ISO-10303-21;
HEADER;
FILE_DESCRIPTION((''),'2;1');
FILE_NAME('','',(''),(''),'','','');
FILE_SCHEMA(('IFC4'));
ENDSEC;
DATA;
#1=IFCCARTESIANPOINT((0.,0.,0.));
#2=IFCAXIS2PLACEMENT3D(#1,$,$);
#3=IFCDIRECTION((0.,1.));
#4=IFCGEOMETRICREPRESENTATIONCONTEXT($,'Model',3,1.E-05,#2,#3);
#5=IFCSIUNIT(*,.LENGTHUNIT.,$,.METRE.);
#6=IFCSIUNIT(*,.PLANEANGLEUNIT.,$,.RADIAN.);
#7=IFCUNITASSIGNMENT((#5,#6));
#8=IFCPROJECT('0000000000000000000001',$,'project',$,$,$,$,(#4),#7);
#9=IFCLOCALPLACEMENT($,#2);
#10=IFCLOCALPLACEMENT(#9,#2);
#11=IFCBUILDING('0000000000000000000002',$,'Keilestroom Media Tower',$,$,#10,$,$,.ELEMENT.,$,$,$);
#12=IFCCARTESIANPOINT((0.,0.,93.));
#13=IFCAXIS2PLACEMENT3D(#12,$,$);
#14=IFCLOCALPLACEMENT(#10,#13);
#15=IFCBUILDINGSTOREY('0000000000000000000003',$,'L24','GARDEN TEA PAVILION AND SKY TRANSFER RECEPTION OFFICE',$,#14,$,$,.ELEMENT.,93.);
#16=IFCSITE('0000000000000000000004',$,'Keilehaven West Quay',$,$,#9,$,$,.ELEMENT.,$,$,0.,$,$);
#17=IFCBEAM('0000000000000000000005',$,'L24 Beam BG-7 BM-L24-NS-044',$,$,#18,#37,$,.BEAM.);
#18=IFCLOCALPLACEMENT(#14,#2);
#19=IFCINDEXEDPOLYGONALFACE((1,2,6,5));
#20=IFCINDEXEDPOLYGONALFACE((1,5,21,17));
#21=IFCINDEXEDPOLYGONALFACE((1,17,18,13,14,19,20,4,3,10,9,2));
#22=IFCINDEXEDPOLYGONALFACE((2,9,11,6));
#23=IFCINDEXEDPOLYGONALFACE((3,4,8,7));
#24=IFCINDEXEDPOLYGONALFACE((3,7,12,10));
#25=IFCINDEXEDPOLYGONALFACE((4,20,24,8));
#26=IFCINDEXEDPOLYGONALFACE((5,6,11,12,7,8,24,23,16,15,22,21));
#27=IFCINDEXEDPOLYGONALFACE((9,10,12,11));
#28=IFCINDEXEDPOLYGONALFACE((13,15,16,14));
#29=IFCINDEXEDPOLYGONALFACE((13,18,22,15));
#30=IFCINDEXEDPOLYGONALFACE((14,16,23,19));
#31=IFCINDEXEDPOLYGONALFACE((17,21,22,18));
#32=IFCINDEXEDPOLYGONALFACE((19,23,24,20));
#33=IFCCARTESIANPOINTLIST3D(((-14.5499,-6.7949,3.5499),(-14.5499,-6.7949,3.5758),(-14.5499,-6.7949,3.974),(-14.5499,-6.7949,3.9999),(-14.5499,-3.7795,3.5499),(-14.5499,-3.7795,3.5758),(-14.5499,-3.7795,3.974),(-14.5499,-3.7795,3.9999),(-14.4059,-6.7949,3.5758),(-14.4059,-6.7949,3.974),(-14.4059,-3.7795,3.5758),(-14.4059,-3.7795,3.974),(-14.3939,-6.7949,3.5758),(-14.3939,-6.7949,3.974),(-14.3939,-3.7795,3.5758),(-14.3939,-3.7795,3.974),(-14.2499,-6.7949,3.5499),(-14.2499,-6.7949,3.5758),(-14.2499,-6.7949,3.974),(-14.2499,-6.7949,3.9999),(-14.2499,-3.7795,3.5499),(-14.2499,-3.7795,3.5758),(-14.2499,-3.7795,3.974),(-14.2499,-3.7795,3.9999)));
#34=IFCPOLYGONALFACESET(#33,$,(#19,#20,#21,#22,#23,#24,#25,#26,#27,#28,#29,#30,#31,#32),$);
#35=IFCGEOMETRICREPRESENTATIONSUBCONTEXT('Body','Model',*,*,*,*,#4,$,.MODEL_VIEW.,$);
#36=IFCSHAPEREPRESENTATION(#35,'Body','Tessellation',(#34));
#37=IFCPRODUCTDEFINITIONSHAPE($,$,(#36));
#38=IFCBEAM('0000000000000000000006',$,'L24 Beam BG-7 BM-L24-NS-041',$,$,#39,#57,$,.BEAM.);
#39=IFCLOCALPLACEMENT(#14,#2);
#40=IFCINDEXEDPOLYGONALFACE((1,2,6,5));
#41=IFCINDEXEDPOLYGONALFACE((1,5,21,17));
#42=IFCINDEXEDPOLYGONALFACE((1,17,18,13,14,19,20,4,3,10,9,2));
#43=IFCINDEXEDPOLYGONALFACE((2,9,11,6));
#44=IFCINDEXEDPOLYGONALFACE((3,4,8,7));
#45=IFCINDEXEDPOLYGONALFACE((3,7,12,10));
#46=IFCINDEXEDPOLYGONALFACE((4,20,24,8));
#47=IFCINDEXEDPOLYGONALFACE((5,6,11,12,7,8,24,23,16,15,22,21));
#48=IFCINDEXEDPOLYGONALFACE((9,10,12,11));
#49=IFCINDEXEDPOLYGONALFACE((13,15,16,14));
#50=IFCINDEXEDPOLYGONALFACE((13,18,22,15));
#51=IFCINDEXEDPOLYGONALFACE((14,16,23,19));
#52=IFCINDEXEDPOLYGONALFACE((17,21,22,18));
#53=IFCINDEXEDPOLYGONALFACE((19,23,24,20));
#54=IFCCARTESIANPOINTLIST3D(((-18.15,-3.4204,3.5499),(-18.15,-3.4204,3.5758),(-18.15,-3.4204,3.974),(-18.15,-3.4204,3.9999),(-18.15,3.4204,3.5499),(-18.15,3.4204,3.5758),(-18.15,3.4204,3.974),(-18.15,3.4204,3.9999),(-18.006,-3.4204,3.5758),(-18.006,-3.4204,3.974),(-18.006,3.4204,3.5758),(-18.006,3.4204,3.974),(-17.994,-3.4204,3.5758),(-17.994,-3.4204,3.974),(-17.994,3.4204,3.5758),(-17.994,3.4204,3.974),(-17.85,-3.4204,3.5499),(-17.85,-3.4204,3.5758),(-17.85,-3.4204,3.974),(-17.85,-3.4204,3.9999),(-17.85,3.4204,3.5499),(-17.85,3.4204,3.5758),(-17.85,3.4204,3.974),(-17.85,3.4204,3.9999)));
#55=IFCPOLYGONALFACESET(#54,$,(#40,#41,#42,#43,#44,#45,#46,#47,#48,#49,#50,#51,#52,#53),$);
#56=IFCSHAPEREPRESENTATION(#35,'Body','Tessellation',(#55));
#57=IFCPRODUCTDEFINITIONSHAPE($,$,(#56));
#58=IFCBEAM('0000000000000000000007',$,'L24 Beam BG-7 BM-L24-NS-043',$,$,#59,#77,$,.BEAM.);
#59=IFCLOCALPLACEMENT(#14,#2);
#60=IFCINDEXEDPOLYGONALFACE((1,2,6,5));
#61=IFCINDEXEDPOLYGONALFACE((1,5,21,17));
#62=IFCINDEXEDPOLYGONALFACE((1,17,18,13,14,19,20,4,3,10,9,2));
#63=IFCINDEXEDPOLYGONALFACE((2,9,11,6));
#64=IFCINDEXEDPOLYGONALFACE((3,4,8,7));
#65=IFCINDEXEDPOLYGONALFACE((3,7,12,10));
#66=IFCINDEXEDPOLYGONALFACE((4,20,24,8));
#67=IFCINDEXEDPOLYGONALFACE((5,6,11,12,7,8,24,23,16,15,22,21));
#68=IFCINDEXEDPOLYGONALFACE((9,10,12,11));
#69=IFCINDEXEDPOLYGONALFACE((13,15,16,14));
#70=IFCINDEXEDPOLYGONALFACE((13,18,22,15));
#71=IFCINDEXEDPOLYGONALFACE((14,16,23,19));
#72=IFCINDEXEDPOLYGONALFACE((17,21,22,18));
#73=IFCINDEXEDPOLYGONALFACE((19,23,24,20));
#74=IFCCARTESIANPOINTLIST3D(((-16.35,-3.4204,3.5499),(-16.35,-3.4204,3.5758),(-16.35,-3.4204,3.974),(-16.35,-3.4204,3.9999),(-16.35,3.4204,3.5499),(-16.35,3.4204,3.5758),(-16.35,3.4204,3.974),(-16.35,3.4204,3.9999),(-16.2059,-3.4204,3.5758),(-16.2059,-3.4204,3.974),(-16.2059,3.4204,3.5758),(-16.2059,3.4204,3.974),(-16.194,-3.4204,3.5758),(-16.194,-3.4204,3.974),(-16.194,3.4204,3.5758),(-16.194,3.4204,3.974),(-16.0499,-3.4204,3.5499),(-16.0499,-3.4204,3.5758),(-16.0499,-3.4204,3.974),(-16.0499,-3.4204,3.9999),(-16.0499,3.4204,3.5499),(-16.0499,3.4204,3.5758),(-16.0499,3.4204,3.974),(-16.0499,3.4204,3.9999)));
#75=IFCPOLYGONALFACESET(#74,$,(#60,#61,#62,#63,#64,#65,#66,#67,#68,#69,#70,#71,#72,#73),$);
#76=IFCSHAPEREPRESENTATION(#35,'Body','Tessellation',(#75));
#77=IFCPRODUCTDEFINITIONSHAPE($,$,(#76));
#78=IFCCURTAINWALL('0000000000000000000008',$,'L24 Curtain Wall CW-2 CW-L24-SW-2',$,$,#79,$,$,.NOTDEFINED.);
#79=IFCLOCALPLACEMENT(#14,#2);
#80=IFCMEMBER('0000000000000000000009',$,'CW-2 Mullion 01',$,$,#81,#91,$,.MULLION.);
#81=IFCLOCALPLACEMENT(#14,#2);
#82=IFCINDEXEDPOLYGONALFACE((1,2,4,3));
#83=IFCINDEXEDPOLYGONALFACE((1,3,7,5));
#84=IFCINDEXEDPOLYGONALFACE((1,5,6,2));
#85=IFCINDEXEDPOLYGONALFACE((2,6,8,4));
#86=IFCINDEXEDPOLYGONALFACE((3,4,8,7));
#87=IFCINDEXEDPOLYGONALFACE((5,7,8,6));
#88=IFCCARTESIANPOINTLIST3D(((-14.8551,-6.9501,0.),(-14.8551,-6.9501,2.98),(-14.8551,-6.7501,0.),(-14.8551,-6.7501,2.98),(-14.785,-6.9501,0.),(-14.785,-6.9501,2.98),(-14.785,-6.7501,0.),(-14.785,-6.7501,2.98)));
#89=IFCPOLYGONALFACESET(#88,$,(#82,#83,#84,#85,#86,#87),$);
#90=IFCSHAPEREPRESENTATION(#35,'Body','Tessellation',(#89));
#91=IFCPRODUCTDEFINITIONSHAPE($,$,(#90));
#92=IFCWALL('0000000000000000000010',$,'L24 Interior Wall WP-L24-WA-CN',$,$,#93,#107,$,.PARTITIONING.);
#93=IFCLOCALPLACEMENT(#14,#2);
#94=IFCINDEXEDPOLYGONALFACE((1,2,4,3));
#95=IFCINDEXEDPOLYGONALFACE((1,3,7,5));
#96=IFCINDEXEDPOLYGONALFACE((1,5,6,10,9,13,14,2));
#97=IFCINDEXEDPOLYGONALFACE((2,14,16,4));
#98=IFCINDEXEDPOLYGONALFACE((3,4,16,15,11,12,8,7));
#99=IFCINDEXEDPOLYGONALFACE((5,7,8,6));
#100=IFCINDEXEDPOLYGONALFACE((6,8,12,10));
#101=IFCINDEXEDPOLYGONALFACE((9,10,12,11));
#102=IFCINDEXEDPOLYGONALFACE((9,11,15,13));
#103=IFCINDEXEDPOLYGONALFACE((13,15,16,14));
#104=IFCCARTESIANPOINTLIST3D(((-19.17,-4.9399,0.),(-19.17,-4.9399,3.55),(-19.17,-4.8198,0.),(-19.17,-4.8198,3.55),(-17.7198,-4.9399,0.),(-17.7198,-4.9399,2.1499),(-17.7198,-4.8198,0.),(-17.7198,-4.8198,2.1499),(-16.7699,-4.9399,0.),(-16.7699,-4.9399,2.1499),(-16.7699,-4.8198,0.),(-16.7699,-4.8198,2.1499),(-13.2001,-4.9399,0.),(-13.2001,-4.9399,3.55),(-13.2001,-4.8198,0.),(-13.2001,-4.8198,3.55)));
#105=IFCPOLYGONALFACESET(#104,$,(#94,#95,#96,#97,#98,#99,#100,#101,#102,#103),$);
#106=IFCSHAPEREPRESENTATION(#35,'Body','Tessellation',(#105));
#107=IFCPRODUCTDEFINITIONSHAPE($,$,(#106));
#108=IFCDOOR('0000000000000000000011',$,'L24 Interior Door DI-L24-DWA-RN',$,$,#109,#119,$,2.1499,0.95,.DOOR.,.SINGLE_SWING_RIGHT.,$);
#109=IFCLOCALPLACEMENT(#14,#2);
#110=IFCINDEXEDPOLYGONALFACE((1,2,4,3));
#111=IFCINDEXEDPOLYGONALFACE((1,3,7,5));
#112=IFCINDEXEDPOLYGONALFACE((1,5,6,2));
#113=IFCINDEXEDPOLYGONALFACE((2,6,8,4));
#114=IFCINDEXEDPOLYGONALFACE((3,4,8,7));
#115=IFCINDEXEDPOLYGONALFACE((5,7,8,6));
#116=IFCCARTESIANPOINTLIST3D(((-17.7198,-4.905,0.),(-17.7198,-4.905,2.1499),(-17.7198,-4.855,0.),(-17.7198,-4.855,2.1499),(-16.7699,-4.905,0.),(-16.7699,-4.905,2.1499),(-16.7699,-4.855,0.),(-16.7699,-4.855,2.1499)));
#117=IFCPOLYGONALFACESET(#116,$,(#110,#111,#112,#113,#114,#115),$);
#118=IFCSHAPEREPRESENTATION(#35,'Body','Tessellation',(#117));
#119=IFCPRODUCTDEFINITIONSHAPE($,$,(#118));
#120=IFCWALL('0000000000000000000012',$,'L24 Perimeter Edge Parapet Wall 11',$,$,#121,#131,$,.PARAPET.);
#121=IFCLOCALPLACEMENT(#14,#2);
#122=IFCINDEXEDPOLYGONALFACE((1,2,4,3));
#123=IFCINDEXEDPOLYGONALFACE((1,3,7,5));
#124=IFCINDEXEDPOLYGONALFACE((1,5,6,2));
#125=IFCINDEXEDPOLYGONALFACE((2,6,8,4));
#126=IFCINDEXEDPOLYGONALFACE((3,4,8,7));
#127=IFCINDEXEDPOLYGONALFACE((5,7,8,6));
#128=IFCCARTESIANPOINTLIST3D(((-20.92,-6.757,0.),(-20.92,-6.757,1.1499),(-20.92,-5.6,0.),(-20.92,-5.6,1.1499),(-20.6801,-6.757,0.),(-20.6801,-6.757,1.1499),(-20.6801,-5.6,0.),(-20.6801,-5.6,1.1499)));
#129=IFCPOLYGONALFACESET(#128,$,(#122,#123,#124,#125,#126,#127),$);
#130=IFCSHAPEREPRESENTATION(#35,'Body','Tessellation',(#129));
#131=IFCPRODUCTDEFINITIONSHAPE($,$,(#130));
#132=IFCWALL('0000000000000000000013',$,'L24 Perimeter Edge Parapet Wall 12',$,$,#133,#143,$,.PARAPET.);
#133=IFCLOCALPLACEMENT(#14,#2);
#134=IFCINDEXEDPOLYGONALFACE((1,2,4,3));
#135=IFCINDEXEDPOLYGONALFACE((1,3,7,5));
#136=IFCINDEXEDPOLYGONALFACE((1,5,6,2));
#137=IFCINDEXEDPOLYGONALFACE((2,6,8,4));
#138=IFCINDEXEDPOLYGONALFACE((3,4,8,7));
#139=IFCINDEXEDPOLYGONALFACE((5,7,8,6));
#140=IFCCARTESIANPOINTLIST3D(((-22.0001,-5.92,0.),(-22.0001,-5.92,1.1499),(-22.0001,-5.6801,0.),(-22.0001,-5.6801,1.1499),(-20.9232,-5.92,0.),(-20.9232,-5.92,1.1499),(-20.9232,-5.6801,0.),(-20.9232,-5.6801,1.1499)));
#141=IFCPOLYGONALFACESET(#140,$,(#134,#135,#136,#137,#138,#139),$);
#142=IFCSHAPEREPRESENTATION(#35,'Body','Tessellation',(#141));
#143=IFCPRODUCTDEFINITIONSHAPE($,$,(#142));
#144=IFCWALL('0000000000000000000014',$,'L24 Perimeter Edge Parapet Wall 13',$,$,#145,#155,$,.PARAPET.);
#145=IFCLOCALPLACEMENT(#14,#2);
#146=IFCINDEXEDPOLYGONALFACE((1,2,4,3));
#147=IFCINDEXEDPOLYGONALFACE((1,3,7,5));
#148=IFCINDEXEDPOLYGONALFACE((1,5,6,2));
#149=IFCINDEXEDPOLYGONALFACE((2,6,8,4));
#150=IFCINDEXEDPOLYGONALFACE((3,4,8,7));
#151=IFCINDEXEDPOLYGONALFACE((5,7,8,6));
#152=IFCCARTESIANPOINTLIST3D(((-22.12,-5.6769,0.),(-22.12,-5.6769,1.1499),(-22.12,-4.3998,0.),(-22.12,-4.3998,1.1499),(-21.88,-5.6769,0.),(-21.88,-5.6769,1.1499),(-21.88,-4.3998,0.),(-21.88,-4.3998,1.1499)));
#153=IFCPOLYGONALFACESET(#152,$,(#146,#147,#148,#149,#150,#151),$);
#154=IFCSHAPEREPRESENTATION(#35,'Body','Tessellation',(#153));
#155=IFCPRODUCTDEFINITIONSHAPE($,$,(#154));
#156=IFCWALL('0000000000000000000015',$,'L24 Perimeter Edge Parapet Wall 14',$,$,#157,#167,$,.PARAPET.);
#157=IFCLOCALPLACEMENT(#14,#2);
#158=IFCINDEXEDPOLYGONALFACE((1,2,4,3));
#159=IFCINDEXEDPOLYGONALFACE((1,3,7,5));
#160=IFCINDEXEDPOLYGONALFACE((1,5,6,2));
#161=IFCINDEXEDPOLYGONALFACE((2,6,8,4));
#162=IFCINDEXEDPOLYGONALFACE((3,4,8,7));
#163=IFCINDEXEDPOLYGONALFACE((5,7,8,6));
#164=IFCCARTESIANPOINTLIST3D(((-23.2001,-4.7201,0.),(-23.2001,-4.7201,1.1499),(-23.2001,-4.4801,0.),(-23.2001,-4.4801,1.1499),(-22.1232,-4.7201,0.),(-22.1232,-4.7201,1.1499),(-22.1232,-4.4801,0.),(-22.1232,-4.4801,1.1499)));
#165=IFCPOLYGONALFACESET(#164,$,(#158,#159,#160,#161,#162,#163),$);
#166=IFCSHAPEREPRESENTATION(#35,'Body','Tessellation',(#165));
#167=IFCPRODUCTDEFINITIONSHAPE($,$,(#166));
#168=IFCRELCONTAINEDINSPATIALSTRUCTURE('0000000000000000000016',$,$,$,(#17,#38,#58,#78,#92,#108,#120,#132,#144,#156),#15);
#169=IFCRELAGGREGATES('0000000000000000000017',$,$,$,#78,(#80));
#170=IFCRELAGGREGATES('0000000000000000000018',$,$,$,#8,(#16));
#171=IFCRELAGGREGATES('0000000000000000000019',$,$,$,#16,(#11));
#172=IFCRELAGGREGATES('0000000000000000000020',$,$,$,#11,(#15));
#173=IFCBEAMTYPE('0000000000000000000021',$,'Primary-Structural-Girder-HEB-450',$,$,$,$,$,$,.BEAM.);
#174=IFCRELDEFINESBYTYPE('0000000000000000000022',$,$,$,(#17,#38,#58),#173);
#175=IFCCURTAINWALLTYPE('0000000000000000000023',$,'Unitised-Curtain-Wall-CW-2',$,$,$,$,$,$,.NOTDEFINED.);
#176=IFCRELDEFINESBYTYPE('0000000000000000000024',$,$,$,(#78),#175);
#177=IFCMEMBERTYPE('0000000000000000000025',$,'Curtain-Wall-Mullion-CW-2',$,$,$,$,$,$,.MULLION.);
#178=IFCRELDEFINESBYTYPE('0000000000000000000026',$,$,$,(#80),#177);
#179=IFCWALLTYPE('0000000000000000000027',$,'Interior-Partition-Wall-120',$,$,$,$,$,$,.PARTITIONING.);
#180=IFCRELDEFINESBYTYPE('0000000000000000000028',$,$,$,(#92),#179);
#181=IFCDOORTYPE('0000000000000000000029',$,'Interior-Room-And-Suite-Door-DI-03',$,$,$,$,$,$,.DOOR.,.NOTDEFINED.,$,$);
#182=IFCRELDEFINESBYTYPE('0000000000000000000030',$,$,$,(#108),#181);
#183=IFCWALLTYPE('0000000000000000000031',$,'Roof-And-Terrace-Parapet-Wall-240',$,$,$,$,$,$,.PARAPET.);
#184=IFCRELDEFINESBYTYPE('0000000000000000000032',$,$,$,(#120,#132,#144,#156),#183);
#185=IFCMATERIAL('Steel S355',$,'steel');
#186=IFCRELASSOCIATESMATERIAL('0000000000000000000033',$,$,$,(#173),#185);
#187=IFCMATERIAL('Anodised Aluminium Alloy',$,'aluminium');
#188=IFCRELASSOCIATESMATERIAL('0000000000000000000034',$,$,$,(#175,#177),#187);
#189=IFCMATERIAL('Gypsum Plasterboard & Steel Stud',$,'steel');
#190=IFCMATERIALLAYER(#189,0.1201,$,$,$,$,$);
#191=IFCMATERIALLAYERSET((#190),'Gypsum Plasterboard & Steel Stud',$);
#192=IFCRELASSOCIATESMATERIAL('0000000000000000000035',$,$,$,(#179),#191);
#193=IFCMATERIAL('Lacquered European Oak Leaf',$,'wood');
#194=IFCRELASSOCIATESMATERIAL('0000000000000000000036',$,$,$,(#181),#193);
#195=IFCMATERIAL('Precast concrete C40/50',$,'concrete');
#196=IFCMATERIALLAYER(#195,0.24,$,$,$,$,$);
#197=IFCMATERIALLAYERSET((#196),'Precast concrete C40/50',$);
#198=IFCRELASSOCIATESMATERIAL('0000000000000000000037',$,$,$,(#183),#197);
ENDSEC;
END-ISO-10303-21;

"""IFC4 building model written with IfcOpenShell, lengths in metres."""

from ifc_helpers import new_model, si_unit, direction, frame, frame_2d, origin, origin_2d, place, context, subcontext, project, spatial, rectangle, i_section, extrude, source, transform, mapped, material, layer, layer_set, material_profile, profile_set, type_object, element, fill, aggregate, save


model = new_model("IFC4")

# Units and contexts
model_context = context("Model", 3, precision=1e-05, world=origin(), true_north=direction((0.0, 1.0)))
body_context = subcontext(model_context, "Body", "Model", "MODEL_VIEW")
ifc_project = project(units=[si_unit("LENGTHUNIT", "METRE"), si_unit("PLANEANGLEUNIT", "RADIAN")], contexts=[model_context])

# Site, building, storey
site_placement = place(None, origin())
site = spatial("IfcSite", under=ifc_project, at=site_placement, Name="Keilehaven West Quay", CompositionType="ELEMENT", RefElevation=0.0)
building_placement = place(site_placement, origin())
building = spatial("IfcBuilding", under=site, at=building_placement, Name="Keilestroom Media Tower", CompositionType="ELEMENT")
storey_placement = place(building_placement, frame((0.0, 0.0, 93.0)))
storey = spatial("IfcBuildingStorey", under=building, at=storey_placement, Name="L24", Description="GARDEN TEA PAVILION AND SKY TRANSFER RECEPTION OFFICE", CompositionType="ELEMENT", Elevation=93.0)

# Shared definitions
ifc_material_1 = material(Name="Precast concrete C40/50", Category="concrete")
ifc_material_2 = material(Name="Steel S355", Category="steel")

# Beams
ifc_material_profile_1 = material_profile(ifc_material_2, i_section(OverallWidth=0.3, OverallDepth=0.45, WebThickness=0.012, FlangeThickness=0.0259, at=origin_2d()), Name="HEB 450")
ifc_profile_set_1 = profile_set([ifc_material_profile_1], Name="Steel S355")
beam_type_1 = type_object("IfcBeamType", Name="Primary-Structural-Girder-HEB-450", PredefinedType="BEAM", material=ifc_profile_set_1)
shared_shape_1 = source(origin(), body_context, "Body", "SweptSolid", [
    extrude(i_section(OverallWidth=0.3, OverallDepth=0.45, WebThickness=0.012, FlangeThickness=0.0259, at=origin_2d()), origin(), (0.0, 0.0, 1.0), 3.0154),
])
for number, where, z_axis, x_axis, name in (
    (1, (-14.3999, -6.7949, 3.7749), (0.0, 1.0, 0.0), (-1.0, 0.0, 0.0), "L24 Beam BG-7 BM-L24-NS-044"),
):
    element("IfcBeam", number, at=place(storey_placement, frame(where, z_axis=z_axis, x_axis=x_axis)), inside=storey, type_object=beam_type_1, Name=name, PredefinedType="BEAM", context=body_context, shape_type="MappedRepresentation", body=[
        mapped(shared_shape_1, transform((0.0, 0.0, 0.0), x_axis=(1.0, 0.0, 0.0), y_axis=(0.0, 1.0, 0.0), z_axis=(0.0, 0.0, 1.0), scale=1.0)),
    ])
shared_shape_2 = source(origin(), body_context, "Body", "SweptSolid", [
    extrude(i_section(OverallWidth=0.3, OverallDepth=0.45, WebThickness=0.012, FlangeThickness=0.0259, at=origin_2d()), origin(), (0.0, 0.0, 1.0), 6.8408),
])
for number, where, z_axis, x_axis, name in (
    (2, (-18.0, -3.4204, 3.7749), (0.0, 1.0, 0.0), (-1.0, 0.0, 0.0), "L24 Beam BG-7 BM-L24-NS-041"),
    (3, (-16.2, -3.4204, 3.7749), (0.0, 1.0, 0.0), (-1.0, 0.0, 0.0), "L24 Beam BG-7 BM-L24-NS-043"),
):
    element("IfcBeam", number, at=place(storey_placement, frame(where, z_axis=z_axis, x_axis=x_axis)), inside=storey, type_object=beam_type_1, Name=name, PredefinedType="BEAM", context=body_context, shape_type="MappedRepresentation", body=[
        mapped(shared_shape_2, transform((0.0, 0.0, 0.0), x_axis=(1.0, 0.0, 0.0), y_axis=(0.0, 1.0, 0.0), z_axis=(0.0, 0.0, 1.0), scale=1.0)),
    ])

# Curtain wall, member
ifc_material_3 = material(Name="Anodised Aluminium Alloy", Category="aluminium")
curtain_wall_type = type_object("IfcCurtainWallType", Name="Unitised-Curtain-Wall-CW-2", PredefinedType="NOTDEFINED", material=ifc_material_3)
curtain_wall_placement = place(storey_placement, origin())
curtain_wall = element("IfcCurtainWall", 4, at=curtain_wall_placement, inside=storey, type_object=curtain_wall_type, Name="L24 Curtain Wall CW-2 CW-L24-SW-2", PredefinedType="NOTDEFINED")
ifc_material_profile_2 = material_profile(ifc_material_3, rectangle(XDim=0.0701, YDim=0.2, at=origin_2d()), Name="ALU MULLION 70x200")
ifc_profile_set_2 = profile_set([ifc_material_profile_2], Name="Anodised Aluminium Alloy")
member_type = type_object("IfcMemberType", Name="Curtain-Wall-Mullion-CW-2", PredefinedType="MULLION", material=ifc_profile_set_2)
shared_shape_3 = source(origin(), body_context, "Body", "SweptSolid", [
    extrude(rectangle(XDim=0.0701, YDim=0.2, at=origin_2d()), origin(), (0.0, 0.0, 1.0), 2.98),
])
member_placement = place(storey_placement, frame((-14.8201, -6.8501, 0.0), z_axis=(0.0, 0.0, 1.0), x_axis=(1.0, 0.0, 0.0)))
member = element("IfcMember", 5, at=member_placement, type_object=member_type, Name="CW-2 Mullion 01", PredefinedType="MULLION", context=body_context, shape_type="MappedRepresentation", body=[
    mapped(shared_shape_3, transform((0.0, 0.0, 0.0), x_axis=(1.0, 0.0, 0.0), y_axis=(0.0, 1.0, 0.0), z_axis=(0.0, 0.0, 1.0), scale=1.0)),
])
aggregate(curtain_wall, [member])

# Wall, opening, door
ifc_material_4 = material(Name="Gypsum Plasterboard & Steel Stud", Category="steel")
ifc_layer_1 = layer(ifc_material_4, 0.1201)
ifc_layer_set_1 = layer_set([ifc_layer_1], Name="Gypsum Plasterboard & Steel Stud")
wall_type_1 = type_object("IfcWallType", Name="Interior-Partition-Wall-120", PredefinedType="PARTITIONING", material=ifc_layer_set_1)
wall_1_placement = place(storey_placement, frame((-19.1699, -4.8799, 0.0), z_axis=(0.0, 0.0, 1.0), x_axis=(1.0, 0.0, 0.0)))
wall_1 = element("IfcWall", 6, at=wall_1_placement, inside=storey, type_object=wall_type_1, Name="L24 Interior Wall WP-L24-WA-CN", PredefinedType="PARTITIONING", context=body_context, shape_type="SweptSolid", body=[
    extrude(rectangle(XDim=5.97, YDim=0.1201, at=frame_2d((2.9849, 0.0))), origin(), (0.0, 0.0, 1.0), 3.55),
])
opening_placement = place(wall_1_placement, frame((1.45, 0.0, 0.0)))
opening = element("IfcOpeningElement", 7, at=opening_placement, cuts=wall_1, PredefinedType="OPENING", context=body_context, shape_type="SweptSolid", body=[
    extrude(rectangle(XDim=0.95, YDim=2.1499, at=frame_2d((0.4751, 1.075))), frame((0.0, 0.0701, 0.0), z_axis=(0.0, -1.0, 0.0), x_axis=(1.0, 0.0, 0.0)), (0.0, 0.0, 1.0), 0.1401),
])
ifc_material_5 = material(Name="Lacquered European Oak Leaf", Category="wood")
door_type = type_object("IfcDoorType", Name="Interior-Room-And-Suite-Door-DI-03", OperationType="NOTDEFINED", PredefinedType="DOOR", material=ifc_material_5)
shared_shape_4 = source(origin(), body_context, "Body", "SweptSolid", [
    extrude(rectangle(XDim=0.95, YDim=2.1499, at=frame_2d((0.4751, 1.075))), frame((0.0, 0.0249, 0.0), z_axis=(0.0, -1.0, 0.0), x_axis=(1.0, 0.0, 0.0)), (0.0, 0.0, 1.0), 0.05),
])
door_placement = place(opening_placement, origin())
door = element("IfcDoor", 8, at=door_placement, inside=storey, type_object=door_type, Name="L24 Interior Door DI-L24-DWA-RN", OperationType="SINGLE_SWING_RIGHT", OverallHeight=2.1499, OverallWidth=0.95, PredefinedType="DOOR", context=body_context, shape_type="MappedRepresentation", body=[
    mapped(shared_shape_4, transform((0.0, 0.0, 0.0), x_axis=(1.0, 0.0, 0.0), y_axis=(0.0, 1.0, 0.0), z_axis=(0.0, 0.0, 1.0), scale=1.0)),
])
fill(opening, door)

# Walls
ifc_layer_2 = layer(ifc_material_1, 0.24)
ifc_layer_set_2 = layer_set([ifc_layer_2], Name="Precast concrete C40/50")
wall_type_2 = type_object("IfcWallType", Name="Roof-And-Terrace-Parapet-Wall-240", PredefinedType="PARAPET", material=ifc_layer_set_2)
wall_2_placement = place(storey_placement, frame((-20.8, -6.7571, 0.0), z_axis=(0.0, 0.0, 1.0), x_axis=(0.0, 1.0, 0.0)))
element("IfcWall", 9, at=wall_2_placement, inside=storey, type_object=wall_type_2, Name="L24 Perimeter Edge Parapet Wall 11", PredefinedType="PARAPET", context=body_context, shape_type="SweptSolid", body=[
    extrude(rectangle(XDim=1.157, YDim=0.24, at=frame_2d((0.5786, 0.0))), origin(), (0.0, 0.0, 1.0), 1.1499),
])
wall_3_placement = place(storey_placement, frame((-20.9231, -5.8, 0.0), z_axis=(0.0, 0.0, 1.0), x_axis=(-1.0, 0.0, 0.0)))
element("IfcWall", 10, at=wall_3_placement, inside=storey, type_object=wall_type_2, Name="L24 Perimeter Edge Parapet Wall 12", PredefinedType="PARAPET", context=body_context, shape_type="SweptSolid", body=[
    extrude(rectangle(XDim=1.0769, YDim=0.24, at=frame_2d((0.5386, 0.0))), origin(), (0.0, 0.0, 1.0), 1.1499),
])
wall_4_placement = place(storey_placement, frame((-22.0, -5.677, 0.0), z_axis=(0.0, 0.0, 1.0), x_axis=(0.0, 1.0, 0.0)))
element("IfcWall", 11, at=wall_4_placement, inside=storey, type_object=wall_type_2, Name="L24 Perimeter Edge Parapet Wall 13", PredefinedType="PARAPET", context=body_context, shape_type="SweptSolid", body=[
    extrude(rectangle(XDim=1.2771, YDim=0.24, at=frame_2d((0.6387, 0.0))), origin(), (0.0, 0.0, 1.0), 1.1499),
])
wall_5_placement = place(storey_placement, frame((-22.123, -4.6001, 0.0), z_axis=(0.0, 0.0, 1.0), x_axis=(-1.0, 0.0, 0.0)))
element("IfcWall", 12, at=wall_5_placement, inside=storey, type_object=wall_type_2, Name="L24 Perimeter Edge Parapet Wall 14", PredefinedType="PARAPET", context=body_context, shape_type="SweptSolid", body=[
    extrude(rectangle(XDim=1.0769, YDim=0.24, at=frame_2d((0.5386, 0.0))), origin(), (0.0, 0.0, 1.0), 1.1499),
])

save(model, "model.ifc")
